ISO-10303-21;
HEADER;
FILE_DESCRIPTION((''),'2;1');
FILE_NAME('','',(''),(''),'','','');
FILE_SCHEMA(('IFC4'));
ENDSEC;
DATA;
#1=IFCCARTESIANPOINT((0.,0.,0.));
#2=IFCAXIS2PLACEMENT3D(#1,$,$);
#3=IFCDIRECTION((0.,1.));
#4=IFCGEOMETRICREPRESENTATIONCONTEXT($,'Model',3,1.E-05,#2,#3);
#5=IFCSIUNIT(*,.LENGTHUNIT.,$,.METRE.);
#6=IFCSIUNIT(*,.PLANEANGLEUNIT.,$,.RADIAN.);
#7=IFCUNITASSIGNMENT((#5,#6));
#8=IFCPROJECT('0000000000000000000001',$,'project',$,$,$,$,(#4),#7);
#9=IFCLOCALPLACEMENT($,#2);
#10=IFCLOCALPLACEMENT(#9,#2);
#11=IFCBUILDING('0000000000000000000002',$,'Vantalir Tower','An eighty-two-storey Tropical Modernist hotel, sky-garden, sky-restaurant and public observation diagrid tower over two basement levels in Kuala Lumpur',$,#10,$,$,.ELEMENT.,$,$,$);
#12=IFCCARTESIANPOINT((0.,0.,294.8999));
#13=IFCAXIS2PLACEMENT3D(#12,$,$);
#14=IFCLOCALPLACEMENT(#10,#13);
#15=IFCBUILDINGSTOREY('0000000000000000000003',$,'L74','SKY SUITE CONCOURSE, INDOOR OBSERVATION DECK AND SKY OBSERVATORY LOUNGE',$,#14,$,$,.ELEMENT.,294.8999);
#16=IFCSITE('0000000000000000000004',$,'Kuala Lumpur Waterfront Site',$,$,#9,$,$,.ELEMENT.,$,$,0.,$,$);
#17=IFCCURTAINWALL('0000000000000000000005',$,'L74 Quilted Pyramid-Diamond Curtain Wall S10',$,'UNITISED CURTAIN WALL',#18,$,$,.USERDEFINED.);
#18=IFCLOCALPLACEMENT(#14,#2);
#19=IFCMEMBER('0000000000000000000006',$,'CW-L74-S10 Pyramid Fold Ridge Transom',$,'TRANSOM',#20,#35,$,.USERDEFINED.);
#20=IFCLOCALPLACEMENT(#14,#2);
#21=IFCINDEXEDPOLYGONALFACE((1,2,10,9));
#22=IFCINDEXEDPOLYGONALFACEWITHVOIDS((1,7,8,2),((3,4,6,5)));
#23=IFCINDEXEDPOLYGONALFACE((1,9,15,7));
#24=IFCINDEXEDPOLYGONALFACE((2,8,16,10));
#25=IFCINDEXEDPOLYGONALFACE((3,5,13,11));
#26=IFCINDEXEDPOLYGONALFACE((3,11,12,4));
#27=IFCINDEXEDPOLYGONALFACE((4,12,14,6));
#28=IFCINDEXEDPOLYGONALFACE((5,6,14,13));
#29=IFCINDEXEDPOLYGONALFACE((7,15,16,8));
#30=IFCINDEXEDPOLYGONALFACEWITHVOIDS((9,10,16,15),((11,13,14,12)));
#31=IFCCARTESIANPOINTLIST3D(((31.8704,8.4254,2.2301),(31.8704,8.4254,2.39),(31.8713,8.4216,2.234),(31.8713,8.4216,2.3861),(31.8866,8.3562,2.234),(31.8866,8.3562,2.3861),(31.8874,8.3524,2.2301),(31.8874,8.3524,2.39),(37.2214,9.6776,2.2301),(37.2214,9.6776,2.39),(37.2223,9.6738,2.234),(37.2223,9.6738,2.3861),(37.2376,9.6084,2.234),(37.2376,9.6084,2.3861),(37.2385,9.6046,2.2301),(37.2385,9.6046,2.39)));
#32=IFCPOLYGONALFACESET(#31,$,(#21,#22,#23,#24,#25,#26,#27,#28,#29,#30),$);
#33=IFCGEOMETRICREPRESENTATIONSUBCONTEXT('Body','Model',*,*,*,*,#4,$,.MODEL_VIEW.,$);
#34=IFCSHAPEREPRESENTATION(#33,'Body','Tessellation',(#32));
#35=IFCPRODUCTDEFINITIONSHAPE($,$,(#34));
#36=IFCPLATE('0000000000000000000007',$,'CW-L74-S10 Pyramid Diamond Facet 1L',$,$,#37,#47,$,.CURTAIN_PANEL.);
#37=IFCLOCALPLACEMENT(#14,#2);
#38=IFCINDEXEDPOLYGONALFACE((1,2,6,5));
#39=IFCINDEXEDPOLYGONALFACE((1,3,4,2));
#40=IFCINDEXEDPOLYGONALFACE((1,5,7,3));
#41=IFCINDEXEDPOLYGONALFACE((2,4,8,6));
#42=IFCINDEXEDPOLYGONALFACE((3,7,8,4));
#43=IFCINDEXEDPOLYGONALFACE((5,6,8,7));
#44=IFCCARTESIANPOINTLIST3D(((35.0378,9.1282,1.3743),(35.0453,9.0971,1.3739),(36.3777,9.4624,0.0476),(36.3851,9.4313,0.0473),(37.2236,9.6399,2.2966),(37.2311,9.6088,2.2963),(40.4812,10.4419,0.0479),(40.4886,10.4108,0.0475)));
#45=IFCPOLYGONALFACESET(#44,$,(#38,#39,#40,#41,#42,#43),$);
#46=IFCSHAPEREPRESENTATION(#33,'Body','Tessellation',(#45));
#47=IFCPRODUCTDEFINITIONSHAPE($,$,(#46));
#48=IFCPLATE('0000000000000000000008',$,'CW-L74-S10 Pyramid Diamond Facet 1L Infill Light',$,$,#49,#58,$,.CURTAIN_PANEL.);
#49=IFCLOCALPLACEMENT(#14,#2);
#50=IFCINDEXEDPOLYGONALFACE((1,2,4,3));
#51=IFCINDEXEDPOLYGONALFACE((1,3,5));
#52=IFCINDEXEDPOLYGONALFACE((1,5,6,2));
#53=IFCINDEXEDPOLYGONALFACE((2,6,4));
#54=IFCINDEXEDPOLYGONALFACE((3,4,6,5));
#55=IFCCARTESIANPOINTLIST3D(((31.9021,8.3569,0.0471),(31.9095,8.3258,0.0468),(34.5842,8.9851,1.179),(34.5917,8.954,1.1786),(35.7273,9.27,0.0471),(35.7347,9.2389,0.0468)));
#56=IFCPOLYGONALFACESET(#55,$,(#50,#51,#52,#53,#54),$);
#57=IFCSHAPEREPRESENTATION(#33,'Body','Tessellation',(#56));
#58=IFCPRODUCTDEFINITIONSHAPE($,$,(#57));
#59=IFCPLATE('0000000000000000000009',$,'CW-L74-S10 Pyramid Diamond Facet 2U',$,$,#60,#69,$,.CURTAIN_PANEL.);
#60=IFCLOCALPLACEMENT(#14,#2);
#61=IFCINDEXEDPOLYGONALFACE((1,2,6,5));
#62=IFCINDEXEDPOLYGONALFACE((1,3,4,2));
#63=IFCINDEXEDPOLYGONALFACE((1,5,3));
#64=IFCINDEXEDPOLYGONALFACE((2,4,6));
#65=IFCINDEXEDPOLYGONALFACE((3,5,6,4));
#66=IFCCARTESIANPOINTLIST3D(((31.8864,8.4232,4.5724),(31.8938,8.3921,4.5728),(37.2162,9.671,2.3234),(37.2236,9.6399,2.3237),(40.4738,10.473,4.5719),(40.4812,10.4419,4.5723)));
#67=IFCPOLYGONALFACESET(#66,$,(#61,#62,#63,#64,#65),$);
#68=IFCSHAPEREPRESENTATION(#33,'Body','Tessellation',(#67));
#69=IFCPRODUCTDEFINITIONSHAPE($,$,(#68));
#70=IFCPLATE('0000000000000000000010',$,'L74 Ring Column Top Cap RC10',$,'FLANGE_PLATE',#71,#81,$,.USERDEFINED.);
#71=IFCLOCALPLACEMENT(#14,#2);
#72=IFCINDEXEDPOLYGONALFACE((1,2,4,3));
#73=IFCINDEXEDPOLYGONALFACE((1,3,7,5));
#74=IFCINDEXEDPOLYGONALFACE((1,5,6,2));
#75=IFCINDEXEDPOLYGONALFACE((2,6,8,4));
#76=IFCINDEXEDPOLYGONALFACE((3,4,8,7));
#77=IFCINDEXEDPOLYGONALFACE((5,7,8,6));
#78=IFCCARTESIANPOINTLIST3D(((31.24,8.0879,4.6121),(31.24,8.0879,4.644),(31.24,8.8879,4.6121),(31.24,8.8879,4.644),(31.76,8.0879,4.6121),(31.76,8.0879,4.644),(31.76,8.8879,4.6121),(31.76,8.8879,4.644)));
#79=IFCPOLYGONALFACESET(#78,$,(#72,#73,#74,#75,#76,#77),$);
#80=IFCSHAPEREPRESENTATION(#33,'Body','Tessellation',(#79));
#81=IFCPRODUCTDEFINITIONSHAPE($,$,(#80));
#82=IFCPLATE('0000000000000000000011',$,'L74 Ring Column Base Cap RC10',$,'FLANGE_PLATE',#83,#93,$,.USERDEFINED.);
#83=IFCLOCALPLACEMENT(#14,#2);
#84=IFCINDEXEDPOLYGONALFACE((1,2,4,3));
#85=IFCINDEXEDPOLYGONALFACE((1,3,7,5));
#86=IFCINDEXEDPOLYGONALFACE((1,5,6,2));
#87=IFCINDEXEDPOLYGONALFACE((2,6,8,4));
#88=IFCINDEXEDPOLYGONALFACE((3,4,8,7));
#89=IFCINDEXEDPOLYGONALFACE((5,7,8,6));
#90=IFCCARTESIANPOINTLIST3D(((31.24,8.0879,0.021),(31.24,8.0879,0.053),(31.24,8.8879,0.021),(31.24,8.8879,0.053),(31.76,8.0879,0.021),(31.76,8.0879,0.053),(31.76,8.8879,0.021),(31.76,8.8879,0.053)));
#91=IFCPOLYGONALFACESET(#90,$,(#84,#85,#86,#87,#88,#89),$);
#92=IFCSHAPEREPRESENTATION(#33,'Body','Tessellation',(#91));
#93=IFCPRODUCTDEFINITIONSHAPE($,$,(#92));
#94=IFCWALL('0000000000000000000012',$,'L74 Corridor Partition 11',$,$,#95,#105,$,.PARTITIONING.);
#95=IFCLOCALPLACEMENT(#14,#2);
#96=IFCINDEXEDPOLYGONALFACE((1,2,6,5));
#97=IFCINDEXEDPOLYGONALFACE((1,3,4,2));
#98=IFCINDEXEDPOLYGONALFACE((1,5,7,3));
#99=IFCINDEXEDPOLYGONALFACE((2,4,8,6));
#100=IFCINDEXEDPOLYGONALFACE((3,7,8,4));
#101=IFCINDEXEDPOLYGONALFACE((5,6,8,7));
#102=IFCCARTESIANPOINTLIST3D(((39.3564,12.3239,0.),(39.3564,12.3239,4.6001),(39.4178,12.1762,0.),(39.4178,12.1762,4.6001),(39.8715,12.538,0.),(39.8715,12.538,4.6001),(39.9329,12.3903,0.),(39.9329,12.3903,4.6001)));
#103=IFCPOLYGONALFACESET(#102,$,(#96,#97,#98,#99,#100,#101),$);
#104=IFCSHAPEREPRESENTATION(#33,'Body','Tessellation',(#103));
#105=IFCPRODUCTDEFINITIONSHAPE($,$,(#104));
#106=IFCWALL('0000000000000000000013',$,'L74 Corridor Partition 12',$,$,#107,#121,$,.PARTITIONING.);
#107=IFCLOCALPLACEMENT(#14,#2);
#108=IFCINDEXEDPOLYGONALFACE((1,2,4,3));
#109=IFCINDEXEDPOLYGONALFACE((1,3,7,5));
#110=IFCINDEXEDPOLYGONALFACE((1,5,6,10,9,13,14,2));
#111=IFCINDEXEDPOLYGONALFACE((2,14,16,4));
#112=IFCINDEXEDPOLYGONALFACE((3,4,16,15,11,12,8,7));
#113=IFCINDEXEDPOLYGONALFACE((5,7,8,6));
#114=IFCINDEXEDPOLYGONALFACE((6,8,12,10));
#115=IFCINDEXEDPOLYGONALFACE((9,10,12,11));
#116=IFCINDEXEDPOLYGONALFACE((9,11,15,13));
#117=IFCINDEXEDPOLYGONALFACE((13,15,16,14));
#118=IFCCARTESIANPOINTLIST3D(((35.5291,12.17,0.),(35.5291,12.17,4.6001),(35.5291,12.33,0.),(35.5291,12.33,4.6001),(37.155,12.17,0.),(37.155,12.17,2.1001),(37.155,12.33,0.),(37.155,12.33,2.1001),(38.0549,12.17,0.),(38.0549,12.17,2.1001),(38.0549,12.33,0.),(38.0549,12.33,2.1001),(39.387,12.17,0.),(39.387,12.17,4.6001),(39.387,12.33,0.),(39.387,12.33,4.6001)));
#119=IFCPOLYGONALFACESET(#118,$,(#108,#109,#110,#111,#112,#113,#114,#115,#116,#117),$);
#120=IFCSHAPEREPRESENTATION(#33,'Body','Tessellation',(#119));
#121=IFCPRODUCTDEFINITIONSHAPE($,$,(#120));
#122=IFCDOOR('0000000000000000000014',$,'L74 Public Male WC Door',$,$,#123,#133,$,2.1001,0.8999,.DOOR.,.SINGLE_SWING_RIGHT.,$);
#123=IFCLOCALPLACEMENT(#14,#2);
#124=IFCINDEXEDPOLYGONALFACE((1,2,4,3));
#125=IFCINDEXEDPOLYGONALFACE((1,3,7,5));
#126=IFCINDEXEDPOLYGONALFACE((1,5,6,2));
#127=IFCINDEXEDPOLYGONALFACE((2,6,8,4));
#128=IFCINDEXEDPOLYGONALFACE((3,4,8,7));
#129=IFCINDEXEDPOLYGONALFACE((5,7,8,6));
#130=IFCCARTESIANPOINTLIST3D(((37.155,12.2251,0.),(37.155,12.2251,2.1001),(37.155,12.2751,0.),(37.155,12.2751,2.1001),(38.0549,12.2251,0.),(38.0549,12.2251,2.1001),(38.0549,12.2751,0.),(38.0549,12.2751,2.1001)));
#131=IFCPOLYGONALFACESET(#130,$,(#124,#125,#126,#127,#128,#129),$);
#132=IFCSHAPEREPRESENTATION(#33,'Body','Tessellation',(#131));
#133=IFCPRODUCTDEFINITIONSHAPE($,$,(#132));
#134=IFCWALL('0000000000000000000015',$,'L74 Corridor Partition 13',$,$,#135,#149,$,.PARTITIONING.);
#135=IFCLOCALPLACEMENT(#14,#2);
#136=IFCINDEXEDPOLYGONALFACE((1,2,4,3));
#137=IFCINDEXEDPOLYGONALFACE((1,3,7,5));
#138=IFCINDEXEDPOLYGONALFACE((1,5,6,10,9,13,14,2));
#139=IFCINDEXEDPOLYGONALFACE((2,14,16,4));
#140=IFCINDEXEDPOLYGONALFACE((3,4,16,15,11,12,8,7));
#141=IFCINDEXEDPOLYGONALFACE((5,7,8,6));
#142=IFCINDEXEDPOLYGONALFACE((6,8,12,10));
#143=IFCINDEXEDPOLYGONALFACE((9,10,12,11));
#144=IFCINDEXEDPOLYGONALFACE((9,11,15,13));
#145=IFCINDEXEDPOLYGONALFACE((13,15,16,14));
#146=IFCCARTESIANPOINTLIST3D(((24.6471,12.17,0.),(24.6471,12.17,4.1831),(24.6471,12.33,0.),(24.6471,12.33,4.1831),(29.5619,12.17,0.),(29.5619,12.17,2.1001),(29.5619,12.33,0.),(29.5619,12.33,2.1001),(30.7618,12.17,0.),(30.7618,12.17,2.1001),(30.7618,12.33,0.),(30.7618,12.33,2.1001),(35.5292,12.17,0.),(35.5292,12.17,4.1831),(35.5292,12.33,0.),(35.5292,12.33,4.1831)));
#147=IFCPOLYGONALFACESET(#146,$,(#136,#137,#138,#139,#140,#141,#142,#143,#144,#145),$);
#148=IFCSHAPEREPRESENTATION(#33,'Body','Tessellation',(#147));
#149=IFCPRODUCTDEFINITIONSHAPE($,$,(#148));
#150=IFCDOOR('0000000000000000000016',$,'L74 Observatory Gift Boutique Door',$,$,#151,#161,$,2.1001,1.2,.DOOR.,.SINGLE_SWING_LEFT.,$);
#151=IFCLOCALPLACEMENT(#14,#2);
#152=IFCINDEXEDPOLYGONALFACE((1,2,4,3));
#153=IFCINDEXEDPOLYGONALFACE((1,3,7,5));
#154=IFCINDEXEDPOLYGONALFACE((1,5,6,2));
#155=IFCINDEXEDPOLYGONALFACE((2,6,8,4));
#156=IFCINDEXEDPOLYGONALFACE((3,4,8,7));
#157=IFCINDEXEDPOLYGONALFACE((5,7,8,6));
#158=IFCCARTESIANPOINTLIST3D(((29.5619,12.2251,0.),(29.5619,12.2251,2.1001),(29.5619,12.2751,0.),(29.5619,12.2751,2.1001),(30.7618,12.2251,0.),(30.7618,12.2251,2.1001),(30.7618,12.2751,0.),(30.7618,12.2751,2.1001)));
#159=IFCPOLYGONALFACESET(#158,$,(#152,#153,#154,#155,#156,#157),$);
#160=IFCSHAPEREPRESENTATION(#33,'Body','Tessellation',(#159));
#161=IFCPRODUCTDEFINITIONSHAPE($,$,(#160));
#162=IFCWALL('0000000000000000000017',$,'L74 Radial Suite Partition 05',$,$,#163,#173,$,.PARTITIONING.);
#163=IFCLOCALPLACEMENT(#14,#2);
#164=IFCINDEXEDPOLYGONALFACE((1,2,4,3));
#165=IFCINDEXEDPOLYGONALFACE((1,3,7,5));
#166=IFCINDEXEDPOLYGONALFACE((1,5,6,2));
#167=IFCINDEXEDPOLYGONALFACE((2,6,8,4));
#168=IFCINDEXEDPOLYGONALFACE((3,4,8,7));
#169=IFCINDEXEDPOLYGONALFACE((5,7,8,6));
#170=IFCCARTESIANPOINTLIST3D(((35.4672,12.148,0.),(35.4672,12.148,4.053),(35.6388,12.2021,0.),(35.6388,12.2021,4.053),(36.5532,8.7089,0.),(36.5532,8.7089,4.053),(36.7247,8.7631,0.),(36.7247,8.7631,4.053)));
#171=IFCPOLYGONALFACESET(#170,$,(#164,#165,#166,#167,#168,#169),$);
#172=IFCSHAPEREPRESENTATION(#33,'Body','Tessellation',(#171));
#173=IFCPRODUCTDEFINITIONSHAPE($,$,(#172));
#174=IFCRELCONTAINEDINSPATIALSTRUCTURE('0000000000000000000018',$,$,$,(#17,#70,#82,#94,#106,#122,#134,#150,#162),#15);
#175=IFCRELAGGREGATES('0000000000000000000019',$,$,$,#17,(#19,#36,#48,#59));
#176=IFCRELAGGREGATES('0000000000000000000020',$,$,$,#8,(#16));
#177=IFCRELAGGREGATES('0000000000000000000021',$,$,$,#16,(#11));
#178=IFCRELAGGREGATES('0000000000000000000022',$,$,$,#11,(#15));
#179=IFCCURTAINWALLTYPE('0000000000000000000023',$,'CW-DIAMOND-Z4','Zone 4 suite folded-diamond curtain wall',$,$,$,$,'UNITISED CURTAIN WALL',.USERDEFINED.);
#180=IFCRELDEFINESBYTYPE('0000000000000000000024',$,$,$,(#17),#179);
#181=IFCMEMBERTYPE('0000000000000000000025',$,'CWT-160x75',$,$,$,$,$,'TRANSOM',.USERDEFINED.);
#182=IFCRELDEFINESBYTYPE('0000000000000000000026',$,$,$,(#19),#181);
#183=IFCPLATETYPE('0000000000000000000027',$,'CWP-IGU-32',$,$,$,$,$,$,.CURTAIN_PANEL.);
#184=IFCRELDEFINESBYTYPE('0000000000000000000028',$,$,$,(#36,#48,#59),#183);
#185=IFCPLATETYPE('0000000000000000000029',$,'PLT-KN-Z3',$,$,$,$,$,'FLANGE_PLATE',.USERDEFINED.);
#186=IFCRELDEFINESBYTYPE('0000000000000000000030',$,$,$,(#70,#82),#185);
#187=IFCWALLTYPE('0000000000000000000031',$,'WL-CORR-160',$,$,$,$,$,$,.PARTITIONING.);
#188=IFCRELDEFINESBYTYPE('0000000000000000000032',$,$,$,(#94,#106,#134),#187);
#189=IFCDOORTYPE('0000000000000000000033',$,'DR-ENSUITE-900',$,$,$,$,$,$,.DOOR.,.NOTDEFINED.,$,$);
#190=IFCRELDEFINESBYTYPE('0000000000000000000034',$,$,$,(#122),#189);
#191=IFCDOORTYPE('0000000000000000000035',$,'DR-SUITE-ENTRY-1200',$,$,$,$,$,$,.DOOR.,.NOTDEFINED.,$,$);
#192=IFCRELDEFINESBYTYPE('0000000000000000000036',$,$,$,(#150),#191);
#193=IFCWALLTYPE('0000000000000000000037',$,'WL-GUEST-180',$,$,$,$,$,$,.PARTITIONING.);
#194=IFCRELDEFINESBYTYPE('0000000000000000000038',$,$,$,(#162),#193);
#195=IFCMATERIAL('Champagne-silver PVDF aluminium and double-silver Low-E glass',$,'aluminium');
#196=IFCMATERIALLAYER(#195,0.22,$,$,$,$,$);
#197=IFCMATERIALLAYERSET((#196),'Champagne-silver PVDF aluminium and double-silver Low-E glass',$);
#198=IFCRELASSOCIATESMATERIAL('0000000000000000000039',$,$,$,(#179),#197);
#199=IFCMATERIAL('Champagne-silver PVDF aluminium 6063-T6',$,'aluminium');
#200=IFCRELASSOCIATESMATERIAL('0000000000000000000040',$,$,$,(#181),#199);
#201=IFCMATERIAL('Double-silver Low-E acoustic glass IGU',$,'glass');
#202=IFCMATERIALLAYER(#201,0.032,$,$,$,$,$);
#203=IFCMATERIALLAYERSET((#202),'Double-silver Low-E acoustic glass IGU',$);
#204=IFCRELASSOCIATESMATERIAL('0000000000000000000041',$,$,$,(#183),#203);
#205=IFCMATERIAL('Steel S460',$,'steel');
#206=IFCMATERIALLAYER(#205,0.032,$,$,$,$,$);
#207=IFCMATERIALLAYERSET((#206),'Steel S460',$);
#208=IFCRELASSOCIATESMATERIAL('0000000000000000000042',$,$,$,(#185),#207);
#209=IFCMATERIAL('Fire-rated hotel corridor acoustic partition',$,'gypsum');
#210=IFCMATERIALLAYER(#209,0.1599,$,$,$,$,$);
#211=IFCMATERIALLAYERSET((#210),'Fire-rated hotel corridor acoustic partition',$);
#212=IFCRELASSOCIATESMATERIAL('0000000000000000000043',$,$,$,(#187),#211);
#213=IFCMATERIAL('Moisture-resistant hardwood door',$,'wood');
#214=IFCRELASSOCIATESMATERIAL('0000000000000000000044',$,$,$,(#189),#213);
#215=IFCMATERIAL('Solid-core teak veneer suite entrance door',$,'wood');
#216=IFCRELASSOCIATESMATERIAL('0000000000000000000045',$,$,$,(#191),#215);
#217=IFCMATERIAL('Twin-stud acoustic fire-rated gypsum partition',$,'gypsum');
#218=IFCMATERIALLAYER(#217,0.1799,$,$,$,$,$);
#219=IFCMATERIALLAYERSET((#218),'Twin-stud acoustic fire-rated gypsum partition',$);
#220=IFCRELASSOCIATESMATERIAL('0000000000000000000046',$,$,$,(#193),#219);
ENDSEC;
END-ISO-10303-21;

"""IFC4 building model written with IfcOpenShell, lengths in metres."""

from ifc_helpers import new_model, si_unit, direction, frame, frame_2d, origin, origin_2d, place, context, subcontext, project, spatial, polyline, rectangle, hollow_rectangle, outline, extrude, material, layer, layer_set, material_profile, profile_set, type_object, element, fill, aggregate, save


model = new_model("IFC4")

# Units and contexts
model_context = context("Model", 3, precision=1e-05, world=origin(), true_north=direction((0.0, 1.0)))
body_context = subcontext(model_context, "Body", "Model", "MODEL_VIEW")
ifc_project = project(units=[si_unit("LENGTHUNIT", "METRE"), si_unit("PLANEANGLEUNIT", "RADIAN")], contexts=[model_context])

# Site, building, storey
site_placement = place(None, origin())
site = spatial("IfcSite", under=ifc_project, at=site_placement, Name="Kuala Lumpur Waterfront Site", CompositionType="ELEMENT", RefElevation=0.0)
building_placement = place(site_placement, origin())
building = spatial("IfcBuilding", under=site, at=building_placement, Name="Vantalir Tower", Description="An eighty-two-storey Tropical Modernist hotel, sky-garden, sky-restaurant and public observation diagrid tower over two basement levels in Kuala Lumpur", CompositionType="ELEMENT")
storey_placement = place(building_placement, frame((0.0, 0.0, 294.8999)))
storey = spatial("IfcBuildingStorey", under=building, at=storey_placement, Name="L74", Description="SKY SUITE CONCOURSE, INDOOR OBSERVATION DECK AND SKY OBSERVATORY LOUNGE", CompositionType="ELEMENT", Elevation=294.8999)

# Shared definitions
ifc_material_1 = material(Name="Steel S460", Category="steel")

# Shared definitions
ifc_material_2 = material(Name="Champagne-silver PVDF aluminium and double-silver Low-E glass", Category="aluminium")
ifc_layer_1 = layer(ifc_material_2, 0.22)
ifc_layer_set_1 = layer_set([ifc_layer_1], Name="Champagne-silver PVDF aluminium and double-silver Low-E glass")
curtain_wall_type = type_object("IfcCurtainWallType", Name="CW-DIAMOND-Z4", Description="Zone 4 suite folded-diamond curtain wall", ElementType="UNITISED CURTAIN WALL", PredefinedType="USERDEFINED", material=ifc_layer_set_1)
ifc_material_3 = material(Name="Champagne-silver PVDF aluminium 6063-T6", Category="aluminium")

# Curtain wall, member, plates
curtain_wall_1_placement = place(storey_placement, origin())
curtain_wall_1 = element("IfcCurtainWall", 1, at=curtain_wall_1_placement, inside=storey, type_object=curtain_wall_type, Name="L74 Quilted Pyramid-Diamond Curtain Wall S10", ObjectType="UNITISED CURTAIN WALL", PredefinedType="USERDEFINED")
ifc_material_profile_1 = material_profile(ifc_material_3, hollow_rectangle(XDim=0.075, YDim=0.1599, WallThickness=0.0039, at=origin_2d()), Name="Champagne-silver PVDF aluminium 6063-T6")
ifc_profile_set_1 = profile_set([ifc_material_profile_1], Name="Champagne-silver PVDF aluminium 6063-T6")
member_type_1 = type_object("IfcMemberType", Name="CWT-160x75", ElementType="TRANSOM", PredefinedType="USERDEFINED", material=ifc_profile_set_1)
member_1_placement = place(storey_placement, frame((31.8789, 8.3889, 2.3101), z_axis=(0.973696, 0.227853, 0.0), x_axis=(-0.227853, 0.973696, 0.0)))
member_1 = element("IfcMember", 2, at=member_1_placement, type_object=member_type_1, Name="CW-L74-S10 Pyramid Fold Ridge Transom", ObjectType="TRANSOM", PredefinedType="USERDEFINED", context=body_context, shape_type="SweptSolid", body=[
    extrude(hollow_rectangle(XDim=0.075, YDim=0.1599, WallThickness=0.0039, at=origin_2d()), origin(), (0.0, 0.0, 1.0), 5.4956),
])
ifc_material_4 = material(Name="Double-silver Low-E acoustic glass IGU", Category="glass")
ifc_layer_2 = layer(ifc_material_4, 0.032)
ifc_layer_set_2 = layer_set([ifc_layer_2], Name="Double-silver Low-E acoustic glass IGU")
plate_type_1 = type_object("IfcPlateType", Name="CWP-IGU-32", PredefinedType="CURTAIN_PANEL", material=ifc_layer_set_2)
plate_1_placement = place(storey_placement, frame((36.3777, 9.4624, 0.0476), z_axis=(-0.232161, 0.97262, 0.010567), x_axis=(0.972674, 0.232173, 0.000058)))
plate_1 = element("IfcPlate", 3, at=plate_1_placement, type_object=plate_type_1, Name="CW-L74-S10 Pyramid Diamond Facet 1L", PredefinedType="CURTAIN_PANEL", context=body_context, shape_type="SweptSolid", body=[
    extrude(outline(polyline([(0.0, 0.0), (4.2188, 0.0), (0.8642, -2.2491), (-1.3808, -1.3268), (0.0, 0.0)])), origin(), (0.0, 0.0, -1.0), 0.032),
])
plate_2_placement = place(storey_placement, frame((31.9021, 8.3569, 0.0471), z_axis=(-0.232168, 0.972621, 0.010362), x_axis=(0.972673, 0.23218, 0.0)))
plate_2 = element("IfcPlate", 4, at=plate_2_placement, type_object=plate_type_1, Name="CW-L74-S10 Pyramid Diamond Facet 1L Infill Light", PredefinedType="CURTAIN_PANEL", context=body_context, shape_type="SweptSolid", body=[
    extrude(outline(polyline([(0.0, 0.0), (3.9327, 0.0), (2.7547, -1.1319), (0.0, 0.0)])), origin(), (0.0, 0.0, -1.0), 0.032),
])
plate_3_placement = place(storey_placement, frame((40.4812, 10.4419, 4.5723), z_axis=(0.232164, -0.972619, 0.010564), x_axis=(-0.972674, -0.232176, 0.000055)))
plate_3 = element("IfcPlate", 5, at=plate_3_placement, type_object=plate_type_1, Name="CW-L74-S10 Pyramid Diamond Facet 2U", PredefinedType="CURTAIN_PANEL", context=body_context, shape_type="SweptSolid", body=[
    extrude(outline(polyline([(0.0, 0.0), (8.8287, 0.0), (3.3546, 2.2488), (0.0, 0.0)])), origin(), (0.0, 0.0, -1.0), 0.032),
])
aggregate(curtain_wall_1, [member_1, plate_1, plate_2, plate_3])

# Plates
ifc_layer_3 = layer(ifc_material_1, 0.032)
ifc_layer_set_3 = layer_set([ifc_layer_3], Name="Steel S460")
plate_type_2 = type_object("IfcPlateType", Name="PLT-KN-Z3", ElementType="FLANGE_PLATE", PredefinedType="USERDEFINED", material=ifc_layer_set_3)
for number, where, z_axis, x_axis, name in (
    (6, (31.24, 8.8879, 4.644), (0.0, 0.0, 1.0), (0.0, -1.0, 0.0), "L74 Ring Column Top Cap RC10"),
    (7, (31.24, 8.8879, 0.053), (0.0, 0.0, 1.0), (0.0, -1.0, 0.0), "L74 Ring Column Base Cap RC10"),
):
    element("IfcPlate", number, at=place(storey_placement, frame(where, z_axis=z_axis, x_axis=x_axis)), inside=storey, type_object=plate_type_2, Name=name, ObjectType="FLANGE_PLATE", PredefinedType="USERDEFINED", context=body_context, shape_type="SweptSolid", body=[
        extrude(outline(polyline([(0.0, 0.0), (0.8, 0.0), (0.8, 0.52), (0.0, 0.52), (0.0, 0.0)])), origin(), (0.0, 0.0, -1.0), 0.032),
    ])

# Wall
ifc_material_5 = material(Name="Fire-rated hotel corridor acoustic partition", Category="gypsum")
ifc_layer_4 = layer(ifc_material_5, 0.1599)
ifc_layer_set_4 = layer_set([ifc_layer_4], Name="Fire-rated hotel corridor acoustic partition")
wall_type_1 = type_object("IfcWallType", Name="WL-CORR-160", PredefinedType="PARTITIONING", material=ifc_layer_set_4)
wall_1_placement = place(storey_placement, frame((39.9021, 12.4641, 0.0), z_axis=(0.0, 0.0, 1.0), x_axis=(-0.923413, -0.383807, 0.0)))
element("IfcWall", 8, at=wall_1_placement, inside=storey, type_object=wall_type_1, Name="L74 Corridor Partition 11", PredefinedType="PARTITIONING", context=body_context, shape_type="SweptSolid", body=[
    extrude(rectangle(XDim=0.5579, YDim=0.1599, at=frame_2d((0.2788, 0.0))), origin(), (0.0, 0.0, 1.0), 4.6001),
])

# Walls, openings, doors
wall_2_placement = place(storey_placement, frame((39.387, 12.25, 0.0), z_axis=(0.0, 0.0, 1.0), x_axis=(-1.0, 0.0, 0.0)))
wall_2 = element("IfcWall", 9, at=wall_2_placement, inside=storey, type_object=wall_type_1, Name="L74 Corridor Partition 12", PredefinedType="PARTITIONING", context=body_context, shape_type="SweptSolid", body=[
    extrude(rectangle(XDim=3.8579, YDim=0.1599, at=frame_2d((1.929, 0.0))), origin(), (0.0, 0.0, 1.0), 4.6001),
])
opening_1_placement = place(wall_2_placement, frame((1.332, 0.0, 0.0)))
opening_1 = element("IfcOpeningElement", 10, at=opening_1_placement, cuts=wall_2, PredefinedType="OPENING", context=body_context, shape_type="SweptSolid", body=[
    extrude(rectangle(XDim=0.8999, YDim=2.1001, at=frame_2d((0.45, 1.05))), frame((0.0, 0.0898, 0.0), z_axis=(0.0, -1.0, 0.0), x_axis=(1.0, 0.0, 0.0)), (0.0, 0.0, 1.0), 0.1799),
])
ifc_material_6 = material(Name="Moisture-resistant hardwood door", Category="wood")
door_type_1 = type_object("IfcDoorType", Name="DR-ENSUITE-900", OperationType="NOTDEFINED", PredefinedType="DOOR", material=ifc_material_6)
door_1_placement = place(opening_1_placement, origin())
door_1 = element("IfcDoor", 11, at=door_1_placement, inside=storey, type_object=door_type_1, Name="L74 Public Male WC Door", OperationType="SINGLE_SWING_RIGHT", OverallHeight=2.1001, OverallWidth=0.8999, PredefinedType="DOOR", context=body_context, shape_type="SweptSolid", body=[
    extrude(rectangle(XDim=0.8999, YDim=2.1001, at=frame_2d((0.45, 1.05))), frame((0.0, 0.0249, 0.0), z_axis=(0.0, -1.0, 0.0), x_axis=(1.0, 0.0, 0.0)), (0.0, 0.0, 1.0), 0.05),
])
fill(opening_1, door_1)
wall_3_placement = place(storey_placement, frame((35.5291, 12.25, 0.0), z_axis=(0.0, 0.0, 1.0), x_axis=(-1.0, 0.0, 0.0)))
wall_3 = element("IfcWall", 12, at=wall_3_placement, inside=storey, type_object=wall_type_1, Name="L74 Corridor Partition 13", PredefinedType="PARTITIONING", context=body_context, shape_type="SweptSolid", body=[
    extrude(rectangle(XDim=10.8821, YDim=0.1599, at=frame_2d((5.4409, 0.0))), origin(), (0.0, 0.0, 1.0), 4.1831),
])
opening_2_placement = place(wall_3_placement, frame((4.7671, 0.0, 0.0)))
opening_2 = element("IfcOpeningElement", 13, at=opening_2_placement, cuts=wall_3, PredefinedType="OPENING", context=body_context, shape_type="SweptSolid", body=[
    extrude(rectangle(XDim=1.2, YDim=2.1001, at=frame_2d((0.6001, 1.05))), frame((0.0, 0.0898, 0.0), z_axis=(0.0, -1.0, 0.0), x_axis=(1.0, 0.0, 0.0)), (0.0, 0.0, 1.0), 0.1799),
])
ifc_material_7 = material(Name="Solid-core teak veneer suite entrance door", Category="wood")
door_type_2 = type_object("IfcDoorType", Name="DR-SUITE-ENTRY-1200", OperationType="NOTDEFINED", PredefinedType="DOOR", material=ifc_material_7)
door_2_placement = place(opening_2_placement, origin())
door_2 = element("IfcDoor", 14, at=door_2_placement, inside=storey, type_object=door_type_2, Name="L74 Observatory Gift Boutique Door", OperationType="SINGLE_SWING_LEFT", OverallHeight=2.1001, OverallWidth=1.2, PredefinedType="DOOR", context=body_context, shape_type="SweptSolid", body=[
    extrude(rectangle(XDim=1.2, YDim=2.1001, at=frame_2d((0.6001, 1.05))), frame((0.0, 0.0249, 0.0), z_axis=(0.0, -1.0, 0.0), x_axis=(1.0, 0.0, 0.0)), (0.0, 0.0, 1.0), 0.05),
])
fill(opening_2, door_2)

# Wall
ifc_material_8 = material(Name="Twin-stud acoustic fire-rated gypsum partition", Category="gypsum")
ifc_layer_5 = layer(ifc_material_8, 0.1799)
ifc_layer_set_5 = layer_set([ifc_layer_5], Name="Twin-stud acoustic fire-rated gypsum partition")
wall_type_2 = type_object("IfcWallType", Name="WL-GUEST-180", PredefinedType="PARTITIONING", material=ifc_layer_set_5)
wall_4_placement = place(storey_placement, frame((35.553, 12.175, 0.0), z_axis=(0.0, 0.0, 1.0), x_axis=(0.301118, -0.953587, 0.0)))
element("IfcWall", 15, at=wall_4_placement, inside=storey, type_object=wall_type_2, Name="L74 Radial Suite Partition 05", PredefinedType="PARTITIONING", context=body_context, shape_type="SweptSolid", body=[
    extrude(rectangle(XDim=3.6064, YDim=0.1799, at=frame_2d((1.8032, 0.0))), origin(), (0.0, 0.0, 1.0), 4.053),
])

save(model, "model.ifc")
